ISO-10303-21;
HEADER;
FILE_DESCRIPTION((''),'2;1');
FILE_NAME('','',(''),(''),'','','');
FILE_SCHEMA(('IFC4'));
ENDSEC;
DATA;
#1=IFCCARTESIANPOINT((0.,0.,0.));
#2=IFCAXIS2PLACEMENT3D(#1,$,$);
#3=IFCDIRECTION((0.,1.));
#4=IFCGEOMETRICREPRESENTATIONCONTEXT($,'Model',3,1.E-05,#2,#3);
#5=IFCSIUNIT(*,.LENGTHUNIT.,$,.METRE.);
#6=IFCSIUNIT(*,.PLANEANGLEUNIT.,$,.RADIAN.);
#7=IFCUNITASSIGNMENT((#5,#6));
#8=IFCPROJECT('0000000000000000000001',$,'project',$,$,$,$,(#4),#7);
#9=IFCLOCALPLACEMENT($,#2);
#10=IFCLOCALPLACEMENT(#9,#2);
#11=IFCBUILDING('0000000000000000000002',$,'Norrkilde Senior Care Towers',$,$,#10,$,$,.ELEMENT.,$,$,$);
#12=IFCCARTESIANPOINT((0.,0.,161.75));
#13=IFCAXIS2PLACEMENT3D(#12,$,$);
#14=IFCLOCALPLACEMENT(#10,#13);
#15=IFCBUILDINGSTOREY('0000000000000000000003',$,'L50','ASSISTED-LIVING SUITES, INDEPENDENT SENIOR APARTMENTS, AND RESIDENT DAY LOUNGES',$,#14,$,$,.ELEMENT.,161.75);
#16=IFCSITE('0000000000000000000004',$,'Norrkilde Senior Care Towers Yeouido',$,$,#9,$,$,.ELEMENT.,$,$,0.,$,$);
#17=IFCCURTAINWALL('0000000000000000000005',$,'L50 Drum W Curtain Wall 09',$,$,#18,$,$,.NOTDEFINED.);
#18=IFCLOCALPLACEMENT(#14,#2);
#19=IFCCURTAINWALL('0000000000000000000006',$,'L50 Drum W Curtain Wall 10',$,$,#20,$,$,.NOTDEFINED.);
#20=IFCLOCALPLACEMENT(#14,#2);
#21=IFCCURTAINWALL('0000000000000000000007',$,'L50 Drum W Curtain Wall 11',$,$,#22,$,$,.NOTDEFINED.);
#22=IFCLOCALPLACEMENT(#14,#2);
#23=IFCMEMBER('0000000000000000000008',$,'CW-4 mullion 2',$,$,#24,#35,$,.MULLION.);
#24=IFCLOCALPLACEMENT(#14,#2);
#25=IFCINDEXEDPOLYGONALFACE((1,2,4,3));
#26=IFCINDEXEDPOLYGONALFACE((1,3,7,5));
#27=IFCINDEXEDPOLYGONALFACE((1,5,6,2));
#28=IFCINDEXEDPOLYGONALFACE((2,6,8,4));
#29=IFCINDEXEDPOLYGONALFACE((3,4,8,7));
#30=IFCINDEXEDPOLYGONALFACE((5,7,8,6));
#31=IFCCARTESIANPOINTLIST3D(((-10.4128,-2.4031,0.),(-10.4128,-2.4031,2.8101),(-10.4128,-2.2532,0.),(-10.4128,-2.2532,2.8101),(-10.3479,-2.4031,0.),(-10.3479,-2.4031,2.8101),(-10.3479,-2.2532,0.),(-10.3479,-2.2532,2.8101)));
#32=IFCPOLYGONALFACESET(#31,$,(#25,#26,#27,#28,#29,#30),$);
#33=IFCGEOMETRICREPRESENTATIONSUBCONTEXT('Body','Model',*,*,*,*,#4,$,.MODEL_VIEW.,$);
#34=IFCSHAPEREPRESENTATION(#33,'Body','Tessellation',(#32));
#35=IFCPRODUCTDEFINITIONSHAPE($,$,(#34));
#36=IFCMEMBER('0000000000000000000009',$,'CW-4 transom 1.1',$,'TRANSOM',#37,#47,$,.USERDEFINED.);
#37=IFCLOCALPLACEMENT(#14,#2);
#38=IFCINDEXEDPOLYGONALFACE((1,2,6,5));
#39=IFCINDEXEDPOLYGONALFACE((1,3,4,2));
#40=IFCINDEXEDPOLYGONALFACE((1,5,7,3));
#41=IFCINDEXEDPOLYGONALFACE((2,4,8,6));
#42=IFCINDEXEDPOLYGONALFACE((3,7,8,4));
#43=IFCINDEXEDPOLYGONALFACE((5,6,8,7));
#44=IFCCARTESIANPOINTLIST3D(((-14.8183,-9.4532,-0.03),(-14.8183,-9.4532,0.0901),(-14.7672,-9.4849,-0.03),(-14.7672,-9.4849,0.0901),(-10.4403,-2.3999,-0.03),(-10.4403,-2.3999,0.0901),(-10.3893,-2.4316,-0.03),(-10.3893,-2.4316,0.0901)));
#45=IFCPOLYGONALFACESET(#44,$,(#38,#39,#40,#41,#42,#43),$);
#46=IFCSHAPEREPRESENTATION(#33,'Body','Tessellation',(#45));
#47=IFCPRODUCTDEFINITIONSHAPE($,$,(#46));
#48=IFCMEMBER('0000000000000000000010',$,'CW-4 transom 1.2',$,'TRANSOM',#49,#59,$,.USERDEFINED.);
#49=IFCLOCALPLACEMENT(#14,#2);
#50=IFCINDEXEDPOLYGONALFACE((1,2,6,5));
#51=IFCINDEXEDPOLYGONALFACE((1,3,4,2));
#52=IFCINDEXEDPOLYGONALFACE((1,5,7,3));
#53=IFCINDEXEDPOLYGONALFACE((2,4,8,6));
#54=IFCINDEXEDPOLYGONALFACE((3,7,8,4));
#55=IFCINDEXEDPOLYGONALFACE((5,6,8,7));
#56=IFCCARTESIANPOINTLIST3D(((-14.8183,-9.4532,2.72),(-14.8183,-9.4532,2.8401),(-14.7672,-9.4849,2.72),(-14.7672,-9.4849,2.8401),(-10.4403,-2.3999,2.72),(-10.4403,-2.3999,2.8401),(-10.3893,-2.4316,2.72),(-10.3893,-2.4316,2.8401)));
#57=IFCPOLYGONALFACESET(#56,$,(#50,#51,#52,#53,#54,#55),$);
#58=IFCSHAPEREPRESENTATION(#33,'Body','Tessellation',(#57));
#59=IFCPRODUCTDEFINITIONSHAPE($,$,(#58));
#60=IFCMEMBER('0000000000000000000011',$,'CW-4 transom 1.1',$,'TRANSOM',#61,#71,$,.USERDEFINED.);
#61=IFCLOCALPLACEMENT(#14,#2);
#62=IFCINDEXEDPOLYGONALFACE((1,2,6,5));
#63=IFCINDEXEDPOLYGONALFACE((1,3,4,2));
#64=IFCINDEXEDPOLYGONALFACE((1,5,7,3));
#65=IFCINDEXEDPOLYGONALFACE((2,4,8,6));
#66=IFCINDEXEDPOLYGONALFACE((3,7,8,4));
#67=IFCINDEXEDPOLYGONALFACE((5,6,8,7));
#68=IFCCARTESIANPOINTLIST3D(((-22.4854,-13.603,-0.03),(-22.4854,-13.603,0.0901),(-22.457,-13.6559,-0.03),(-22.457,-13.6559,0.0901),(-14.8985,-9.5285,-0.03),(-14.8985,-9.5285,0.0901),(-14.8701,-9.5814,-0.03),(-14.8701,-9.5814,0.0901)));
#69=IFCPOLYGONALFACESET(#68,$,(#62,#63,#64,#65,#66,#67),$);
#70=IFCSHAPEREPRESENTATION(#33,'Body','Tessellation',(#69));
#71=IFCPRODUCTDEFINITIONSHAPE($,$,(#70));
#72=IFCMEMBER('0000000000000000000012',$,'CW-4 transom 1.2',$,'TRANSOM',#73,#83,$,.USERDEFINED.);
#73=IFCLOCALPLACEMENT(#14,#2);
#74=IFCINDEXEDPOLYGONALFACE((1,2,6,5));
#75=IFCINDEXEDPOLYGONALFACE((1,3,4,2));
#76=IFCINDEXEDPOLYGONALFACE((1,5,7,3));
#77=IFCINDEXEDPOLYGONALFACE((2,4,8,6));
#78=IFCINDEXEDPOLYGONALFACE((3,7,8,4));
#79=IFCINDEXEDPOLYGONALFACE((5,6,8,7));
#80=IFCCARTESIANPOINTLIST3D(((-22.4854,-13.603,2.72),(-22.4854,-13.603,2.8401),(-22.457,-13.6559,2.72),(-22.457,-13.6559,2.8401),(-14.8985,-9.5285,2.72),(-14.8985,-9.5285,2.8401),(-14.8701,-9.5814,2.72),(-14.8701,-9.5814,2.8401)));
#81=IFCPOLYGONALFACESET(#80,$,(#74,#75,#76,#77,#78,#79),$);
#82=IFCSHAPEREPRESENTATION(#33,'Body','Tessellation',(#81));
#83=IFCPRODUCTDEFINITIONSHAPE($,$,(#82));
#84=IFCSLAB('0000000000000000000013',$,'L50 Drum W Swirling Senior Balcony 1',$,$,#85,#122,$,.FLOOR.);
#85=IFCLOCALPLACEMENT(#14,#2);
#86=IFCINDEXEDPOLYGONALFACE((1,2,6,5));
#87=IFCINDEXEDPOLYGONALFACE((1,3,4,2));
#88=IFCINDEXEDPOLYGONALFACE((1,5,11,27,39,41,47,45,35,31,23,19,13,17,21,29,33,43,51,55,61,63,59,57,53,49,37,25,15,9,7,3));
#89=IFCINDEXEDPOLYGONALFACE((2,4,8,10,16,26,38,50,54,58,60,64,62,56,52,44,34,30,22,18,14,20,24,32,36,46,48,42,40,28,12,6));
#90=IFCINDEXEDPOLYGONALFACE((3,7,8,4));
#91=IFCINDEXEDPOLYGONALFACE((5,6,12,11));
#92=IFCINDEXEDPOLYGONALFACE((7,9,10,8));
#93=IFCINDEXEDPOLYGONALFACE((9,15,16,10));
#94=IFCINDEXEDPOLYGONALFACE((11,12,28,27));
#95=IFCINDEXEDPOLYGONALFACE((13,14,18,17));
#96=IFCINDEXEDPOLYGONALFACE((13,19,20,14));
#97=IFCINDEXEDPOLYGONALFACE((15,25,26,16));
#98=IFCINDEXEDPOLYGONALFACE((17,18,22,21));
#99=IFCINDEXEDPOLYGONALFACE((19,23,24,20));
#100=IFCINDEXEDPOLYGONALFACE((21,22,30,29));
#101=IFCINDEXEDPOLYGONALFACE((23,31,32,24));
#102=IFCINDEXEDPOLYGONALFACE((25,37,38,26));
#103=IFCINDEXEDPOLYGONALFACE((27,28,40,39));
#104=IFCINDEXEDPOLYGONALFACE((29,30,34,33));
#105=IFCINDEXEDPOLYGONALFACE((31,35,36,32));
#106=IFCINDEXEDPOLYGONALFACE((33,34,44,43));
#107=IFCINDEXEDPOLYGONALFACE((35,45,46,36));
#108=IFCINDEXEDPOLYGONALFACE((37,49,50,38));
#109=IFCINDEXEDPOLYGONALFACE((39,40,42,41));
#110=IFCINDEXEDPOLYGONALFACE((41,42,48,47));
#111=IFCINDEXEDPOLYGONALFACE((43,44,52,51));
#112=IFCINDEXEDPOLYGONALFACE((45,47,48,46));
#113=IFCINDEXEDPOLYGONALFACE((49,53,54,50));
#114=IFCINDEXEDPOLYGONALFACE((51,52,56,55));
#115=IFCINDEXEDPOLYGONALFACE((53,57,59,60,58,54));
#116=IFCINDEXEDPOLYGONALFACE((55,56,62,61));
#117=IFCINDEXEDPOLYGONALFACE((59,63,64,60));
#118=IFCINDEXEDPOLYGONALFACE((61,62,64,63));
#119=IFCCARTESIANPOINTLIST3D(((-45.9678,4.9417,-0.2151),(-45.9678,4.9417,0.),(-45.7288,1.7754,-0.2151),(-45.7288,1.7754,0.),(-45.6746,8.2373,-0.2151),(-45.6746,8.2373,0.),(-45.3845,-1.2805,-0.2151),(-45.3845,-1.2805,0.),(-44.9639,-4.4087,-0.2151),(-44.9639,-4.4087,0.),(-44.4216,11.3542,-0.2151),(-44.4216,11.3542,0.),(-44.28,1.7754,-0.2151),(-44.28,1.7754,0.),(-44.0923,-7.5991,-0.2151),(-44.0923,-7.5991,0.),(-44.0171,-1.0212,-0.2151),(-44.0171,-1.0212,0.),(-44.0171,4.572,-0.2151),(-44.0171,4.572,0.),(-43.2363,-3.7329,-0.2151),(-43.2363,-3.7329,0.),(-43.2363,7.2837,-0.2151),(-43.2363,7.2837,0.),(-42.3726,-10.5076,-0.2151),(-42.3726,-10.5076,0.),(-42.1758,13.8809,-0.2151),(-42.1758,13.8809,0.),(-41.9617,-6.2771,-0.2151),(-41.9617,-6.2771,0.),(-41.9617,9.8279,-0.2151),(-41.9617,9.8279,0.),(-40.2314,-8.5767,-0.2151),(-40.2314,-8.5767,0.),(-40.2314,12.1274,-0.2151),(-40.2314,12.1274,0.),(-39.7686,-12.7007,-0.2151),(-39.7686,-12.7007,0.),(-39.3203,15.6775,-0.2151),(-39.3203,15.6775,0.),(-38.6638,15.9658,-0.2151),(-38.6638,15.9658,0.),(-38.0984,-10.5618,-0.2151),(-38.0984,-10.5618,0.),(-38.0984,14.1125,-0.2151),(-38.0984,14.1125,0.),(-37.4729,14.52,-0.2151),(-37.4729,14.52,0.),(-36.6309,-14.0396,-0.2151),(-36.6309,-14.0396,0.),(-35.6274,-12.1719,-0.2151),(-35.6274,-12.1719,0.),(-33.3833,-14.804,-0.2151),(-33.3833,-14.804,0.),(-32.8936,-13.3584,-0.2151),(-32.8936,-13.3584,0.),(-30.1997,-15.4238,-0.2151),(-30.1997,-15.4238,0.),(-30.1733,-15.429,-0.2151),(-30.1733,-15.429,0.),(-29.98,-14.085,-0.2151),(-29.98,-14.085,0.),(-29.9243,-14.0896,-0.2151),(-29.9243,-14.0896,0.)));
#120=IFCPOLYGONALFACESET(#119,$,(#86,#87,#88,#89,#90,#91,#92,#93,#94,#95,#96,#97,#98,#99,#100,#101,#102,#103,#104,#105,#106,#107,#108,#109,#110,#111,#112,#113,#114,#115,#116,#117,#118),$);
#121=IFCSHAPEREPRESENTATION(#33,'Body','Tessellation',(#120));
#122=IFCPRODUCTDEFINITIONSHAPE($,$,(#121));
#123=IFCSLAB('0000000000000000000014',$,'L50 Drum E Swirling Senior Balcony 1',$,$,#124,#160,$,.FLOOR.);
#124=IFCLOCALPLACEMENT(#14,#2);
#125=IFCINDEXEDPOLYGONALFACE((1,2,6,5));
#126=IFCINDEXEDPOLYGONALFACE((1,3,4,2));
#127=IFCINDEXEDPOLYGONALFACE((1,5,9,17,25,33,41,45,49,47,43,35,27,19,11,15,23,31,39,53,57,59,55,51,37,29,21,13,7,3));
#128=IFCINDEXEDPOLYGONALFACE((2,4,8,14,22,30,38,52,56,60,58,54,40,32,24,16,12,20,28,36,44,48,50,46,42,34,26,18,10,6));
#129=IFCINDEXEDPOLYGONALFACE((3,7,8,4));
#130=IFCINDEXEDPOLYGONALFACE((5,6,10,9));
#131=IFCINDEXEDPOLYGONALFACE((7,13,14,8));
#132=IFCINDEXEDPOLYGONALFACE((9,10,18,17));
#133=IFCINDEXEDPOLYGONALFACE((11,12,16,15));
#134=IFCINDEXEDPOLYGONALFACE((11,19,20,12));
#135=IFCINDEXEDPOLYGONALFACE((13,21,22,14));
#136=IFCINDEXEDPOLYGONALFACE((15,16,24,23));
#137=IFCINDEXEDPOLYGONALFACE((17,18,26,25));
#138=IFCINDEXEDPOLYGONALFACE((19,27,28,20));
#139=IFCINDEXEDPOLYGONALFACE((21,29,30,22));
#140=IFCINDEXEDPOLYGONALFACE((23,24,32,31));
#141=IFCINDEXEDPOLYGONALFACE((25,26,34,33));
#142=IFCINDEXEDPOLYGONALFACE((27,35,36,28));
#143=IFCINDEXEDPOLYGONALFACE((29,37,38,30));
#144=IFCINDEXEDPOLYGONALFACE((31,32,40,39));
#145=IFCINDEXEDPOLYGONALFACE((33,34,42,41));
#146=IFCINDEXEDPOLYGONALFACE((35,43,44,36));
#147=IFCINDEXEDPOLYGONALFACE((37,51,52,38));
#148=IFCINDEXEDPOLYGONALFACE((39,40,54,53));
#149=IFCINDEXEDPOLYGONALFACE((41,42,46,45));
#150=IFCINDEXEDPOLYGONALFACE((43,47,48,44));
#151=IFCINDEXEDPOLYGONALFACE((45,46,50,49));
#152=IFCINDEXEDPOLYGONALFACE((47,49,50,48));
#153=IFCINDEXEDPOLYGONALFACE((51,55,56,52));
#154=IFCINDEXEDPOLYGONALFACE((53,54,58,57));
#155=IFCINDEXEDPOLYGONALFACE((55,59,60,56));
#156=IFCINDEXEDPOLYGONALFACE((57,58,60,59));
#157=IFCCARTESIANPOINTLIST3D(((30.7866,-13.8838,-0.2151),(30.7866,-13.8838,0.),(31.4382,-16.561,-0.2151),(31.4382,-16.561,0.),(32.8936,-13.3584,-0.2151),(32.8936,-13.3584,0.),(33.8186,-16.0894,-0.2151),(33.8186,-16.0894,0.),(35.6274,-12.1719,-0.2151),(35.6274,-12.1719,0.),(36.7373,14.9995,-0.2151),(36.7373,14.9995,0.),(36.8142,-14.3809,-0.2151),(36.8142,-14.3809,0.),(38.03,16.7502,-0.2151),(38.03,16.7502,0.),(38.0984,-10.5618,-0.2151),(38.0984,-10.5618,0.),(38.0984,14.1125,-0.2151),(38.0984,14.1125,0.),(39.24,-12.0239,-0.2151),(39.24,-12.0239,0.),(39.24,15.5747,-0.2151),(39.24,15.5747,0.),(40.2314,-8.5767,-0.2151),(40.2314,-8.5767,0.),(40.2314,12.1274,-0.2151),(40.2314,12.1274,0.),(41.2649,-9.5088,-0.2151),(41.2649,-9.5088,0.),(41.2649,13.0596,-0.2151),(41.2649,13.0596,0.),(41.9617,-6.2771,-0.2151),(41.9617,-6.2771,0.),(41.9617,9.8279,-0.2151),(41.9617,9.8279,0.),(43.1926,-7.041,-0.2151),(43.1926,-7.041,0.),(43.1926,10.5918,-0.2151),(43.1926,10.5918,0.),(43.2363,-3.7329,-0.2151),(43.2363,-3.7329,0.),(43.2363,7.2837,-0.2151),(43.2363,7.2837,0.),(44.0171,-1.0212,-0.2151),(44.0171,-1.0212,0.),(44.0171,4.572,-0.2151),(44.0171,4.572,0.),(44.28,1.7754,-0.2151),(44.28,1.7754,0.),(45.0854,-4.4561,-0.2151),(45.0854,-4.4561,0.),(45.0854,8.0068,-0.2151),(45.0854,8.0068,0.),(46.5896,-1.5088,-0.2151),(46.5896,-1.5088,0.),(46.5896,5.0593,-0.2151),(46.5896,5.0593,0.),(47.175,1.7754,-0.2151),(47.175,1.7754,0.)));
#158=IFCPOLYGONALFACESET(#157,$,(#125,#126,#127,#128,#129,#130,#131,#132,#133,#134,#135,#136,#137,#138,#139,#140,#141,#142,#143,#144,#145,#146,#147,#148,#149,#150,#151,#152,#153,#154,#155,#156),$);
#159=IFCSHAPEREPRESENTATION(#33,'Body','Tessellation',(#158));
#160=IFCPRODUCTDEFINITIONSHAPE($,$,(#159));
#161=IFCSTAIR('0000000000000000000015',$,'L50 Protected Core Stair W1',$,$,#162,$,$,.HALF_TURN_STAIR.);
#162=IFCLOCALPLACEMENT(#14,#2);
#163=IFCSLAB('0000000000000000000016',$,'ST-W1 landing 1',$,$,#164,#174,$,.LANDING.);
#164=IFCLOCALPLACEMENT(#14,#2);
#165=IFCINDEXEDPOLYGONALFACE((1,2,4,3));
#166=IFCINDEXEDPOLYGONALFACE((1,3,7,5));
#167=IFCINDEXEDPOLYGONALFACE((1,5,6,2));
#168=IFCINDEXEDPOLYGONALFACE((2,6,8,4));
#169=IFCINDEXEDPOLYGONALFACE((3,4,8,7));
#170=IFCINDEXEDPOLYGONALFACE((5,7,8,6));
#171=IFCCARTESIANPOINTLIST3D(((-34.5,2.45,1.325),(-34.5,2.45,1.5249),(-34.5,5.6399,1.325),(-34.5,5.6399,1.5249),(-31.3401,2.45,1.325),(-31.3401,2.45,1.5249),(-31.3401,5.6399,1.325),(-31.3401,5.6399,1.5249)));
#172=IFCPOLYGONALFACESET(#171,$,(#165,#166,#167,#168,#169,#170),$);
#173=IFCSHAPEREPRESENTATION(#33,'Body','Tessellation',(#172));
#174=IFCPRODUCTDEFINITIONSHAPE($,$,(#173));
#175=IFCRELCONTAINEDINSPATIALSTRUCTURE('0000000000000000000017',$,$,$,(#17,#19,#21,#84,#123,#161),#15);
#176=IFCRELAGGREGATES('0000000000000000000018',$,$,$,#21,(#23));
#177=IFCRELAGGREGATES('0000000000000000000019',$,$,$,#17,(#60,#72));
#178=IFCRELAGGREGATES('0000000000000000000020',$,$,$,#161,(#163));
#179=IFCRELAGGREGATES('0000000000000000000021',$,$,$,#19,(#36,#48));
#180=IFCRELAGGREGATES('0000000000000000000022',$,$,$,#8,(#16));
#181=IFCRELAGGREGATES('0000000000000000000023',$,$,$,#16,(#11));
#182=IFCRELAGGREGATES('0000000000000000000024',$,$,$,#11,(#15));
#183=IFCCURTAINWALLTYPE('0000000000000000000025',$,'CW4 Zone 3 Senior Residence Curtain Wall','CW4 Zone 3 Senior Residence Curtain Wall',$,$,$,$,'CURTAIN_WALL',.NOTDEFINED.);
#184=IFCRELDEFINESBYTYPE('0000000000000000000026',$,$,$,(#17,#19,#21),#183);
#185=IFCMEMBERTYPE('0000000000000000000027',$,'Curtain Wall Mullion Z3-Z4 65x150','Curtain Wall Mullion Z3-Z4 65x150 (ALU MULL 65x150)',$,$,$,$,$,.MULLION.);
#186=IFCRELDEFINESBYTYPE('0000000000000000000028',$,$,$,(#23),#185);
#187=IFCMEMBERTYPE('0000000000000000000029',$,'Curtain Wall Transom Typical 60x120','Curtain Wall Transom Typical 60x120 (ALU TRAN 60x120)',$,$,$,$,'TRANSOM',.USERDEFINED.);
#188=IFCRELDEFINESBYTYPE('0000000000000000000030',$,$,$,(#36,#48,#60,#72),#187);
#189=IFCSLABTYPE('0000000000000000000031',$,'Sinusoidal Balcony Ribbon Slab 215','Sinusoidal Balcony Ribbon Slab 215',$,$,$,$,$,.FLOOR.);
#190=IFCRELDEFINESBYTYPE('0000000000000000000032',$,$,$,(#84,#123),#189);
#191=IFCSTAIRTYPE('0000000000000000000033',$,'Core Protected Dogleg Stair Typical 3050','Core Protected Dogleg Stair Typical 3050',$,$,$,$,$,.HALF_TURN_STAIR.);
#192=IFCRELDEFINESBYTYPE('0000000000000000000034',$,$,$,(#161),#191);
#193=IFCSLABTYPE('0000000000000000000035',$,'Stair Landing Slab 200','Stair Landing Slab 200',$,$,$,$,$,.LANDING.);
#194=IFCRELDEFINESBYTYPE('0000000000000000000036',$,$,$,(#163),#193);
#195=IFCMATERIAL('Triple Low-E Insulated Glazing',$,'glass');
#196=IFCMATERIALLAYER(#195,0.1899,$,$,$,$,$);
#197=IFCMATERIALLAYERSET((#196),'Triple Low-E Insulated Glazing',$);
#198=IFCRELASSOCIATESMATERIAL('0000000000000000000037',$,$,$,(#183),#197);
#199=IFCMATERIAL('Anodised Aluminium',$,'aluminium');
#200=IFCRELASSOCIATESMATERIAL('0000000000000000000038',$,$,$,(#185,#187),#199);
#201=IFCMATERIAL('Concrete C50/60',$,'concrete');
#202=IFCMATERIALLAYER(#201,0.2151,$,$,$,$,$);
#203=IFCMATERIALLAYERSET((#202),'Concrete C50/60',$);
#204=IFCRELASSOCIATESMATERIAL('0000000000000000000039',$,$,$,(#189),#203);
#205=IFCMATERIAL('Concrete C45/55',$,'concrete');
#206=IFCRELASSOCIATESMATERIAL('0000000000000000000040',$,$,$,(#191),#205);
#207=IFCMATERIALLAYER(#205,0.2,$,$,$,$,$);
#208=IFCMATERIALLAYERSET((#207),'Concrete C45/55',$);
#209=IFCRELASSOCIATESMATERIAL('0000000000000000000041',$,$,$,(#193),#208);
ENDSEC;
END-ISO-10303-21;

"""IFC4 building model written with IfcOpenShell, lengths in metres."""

from ifc_helpers import new_model, si_unit, direction, frame, origin, origin_2d, place, context, subcontext, project, spatial, polyline, rectangle, outline, extrude, source, transform, mapped, material, layer, layer_set, material_profile, profile_set, type_object, type_shapes, element, aggregate, save


model = new_model("IFC4")

# Units and contexts
model_context = context("Model", 3, precision=1e-05, world=origin(), true_north=direction((0.0, 1.0)))
body_context = subcontext(model_context, "Body", "Model", "MODEL_VIEW")
ifc_project = project(units=[si_unit("LENGTHUNIT", "METRE"), si_unit("PLANEANGLEUNIT", "RADIAN")], contexts=[model_context])

# Site, building, storey
site_placement = place(None, origin())
site = spatial("IfcSite", under=ifc_project, at=site_placement, Name="Norrkilde Senior Care Towers Yeouido", CompositionType="ELEMENT", RefElevation=0.0)
building_placement = place(site_placement, origin())
building = spatial("IfcBuilding", under=site, at=building_placement, Name="Norrkilde Senior Care Towers", CompositionType="ELEMENT")
storey_placement = place(building_placement, frame((0.0, 0.0, 161.75)))
storey = spatial("IfcBuildingStorey", under=building, at=storey_placement, Name="L50", Description="ASSISTED-LIVING SUITES, INDEPENDENT SENIOR APARTMENTS, AND RESIDENT DAY LOUNGES", CompositionType="ELEMENT", Elevation=161.75)

# Shared definitions
ifc_material_1 = material(Name="Concrete C50/60", Category="concrete")

# Curtain wall
ifc_material_2 = material(Name="Triple Low-E Insulated Glazing", Category="glass")
ifc_layer_1 = layer(ifc_material_2, 0.1899)
ifc_layer_set_1 = layer_set([ifc_layer_1], Name="Triple Low-E Insulated Glazing")
curtain_wall_type = type_object("IfcCurtainWallType", Name="CW4 Zone 3 Senior Residence Curtain Wall", Description="CW4 Zone 3 Senior Residence Curtain Wall", ElementType="CURTAIN_WALL", PredefinedType="NOTDEFINED", material=ifc_layer_set_1)
curtain_wall_1_placement = place(storey_placement, origin())
curtain_wall_1 = element("IfcCurtainWall", 1, at=curtain_wall_1_placement, inside=storey, type_object=curtain_wall_type, Name="L50 Drum W Curtain Wall 09", PredefinedType="NOTDEFINED")
ifc_material_3 = material(Name="Anodised Aluminium", Category="aluminium")
ifc_material_profile_1 = material_profile(ifc_material_3, rectangle(XDim=0.0649, YDim=0.1499, at=origin_2d()), Name="ALU MULL 65x150")
ifc_profile_set_1 = profile_set([ifc_material_profile_1], Name="Anodised Aluminium")
member_type_1 = type_object("IfcMemberType", Name="Curtain Wall Mullion Z3-Z4 65x150", Description="Curtain Wall Mullion Z3-Z4 65x150 (ALU MULL 65x150)", PredefinedType="MULLION", material=ifc_profile_set_1)
shared_shape_1 = source(origin(), body_context, "Body", "SweptSolid", [
    extrude(rectangle(XDim=0.0649, YDim=0.1499, at=origin_2d()), origin(), (0.0, 0.0, 1.0), 2.8101),
])
type_shapes(member_type_1, [shared_shape_1])

# Curtain wall
curtain_wall_2_placement = place(storey_placement, origin())
curtain_wall_2 = element("IfcCurtainWall", 2, at=curtain_wall_2_placement, inside=storey, type_object=curtain_wall_type, Name="L50 Drum W Curtain Wall 10", PredefinedType="NOTDEFINED")

# Curtain wall, member
curtain_wall_3_placement = place(storey_placement, origin())
curtain_wall_3 = element("IfcCurtainWall", 3, at=curtain_wall_3_placement, inside=storey, type_object=curtain_wall_type, Name="L50 Drum W Curtain Wall 11", PredefinedType="NOTDEFINED")
member_1_placement = place(storey_placement, frame((-10.3804, -2.3281, 0.0), z_axis=(0.0, 0.0, 1.0), x_axis=(1.0, 0.0, 0.0)))
member_1 = element("IfcMember", 4, at=member_1_placement, type_object=member_type_1, Name="CW-4 mullion 2", PredefinedType="MULLION", context=body_context, shape_type="MappedRepresentation", body=[
    mapped(shared_shape_1, transform((0.0, 0.0, 0.0), x_axis=(1.0, 0.0, 0.0), y_axis=(0.0, 1.0, 0.0), z_axis=(0.0, 0.0, 1.0), scale=1.0)),
])
aggregate(curtain_wall_3, [member_1])

# Members
ifc_material_profile_2 = material_profile(ifc_material_3, rectangle(XDim=0.0601, YDim=0.1201, at=origin_2d()), Name="ALU TRAN 60x120")
ifc_profile_set_2 = profile_set([ifc_material_profile_2], Name="Anodised Aluminium")
member_type_2 = type_object("IfcMemberType", Name="Curtain Wall Transom Typical 60x120", Description="Curtain Wall Transom Typical 60x120 (ALU TRAN 60x120)", ElementType="TRANSOM", PredefinedType="USERDEFINED", material=ifc_profile_set_2)
shared_shape_2 = source(origin(), body_context, "Body", "SweptSolid", [
    extrude(rectangle(XDim=0.0601, YDim=0.1201, at=origin_2d()), origin(), (0.0, 0.0, 1.0), 8.3015),
])
member_2_placement = place(storey_placement, frame((-10.4148, -2.4158, 0.03), z_axis=(-0.527369, -0.849637, 0.0), x_axis=(0.849637, -0.527369, 0.0)))
member_2 = element("IfcMember", 5, at=member_2_placement, type_object=member_type_2, Name="CW-4 transom 1.1", ObjectType="TRANSOM", PredefinedType="USERDEFINED", context=body_context, shape_type="MappedRepresentation", body=[
    mapped(shared_shape_2, transform((0.0, 0.0, 0.0), x_axis=(1.0, 0.0, 0.0), y_axis=(0.0, 1.0, 0.0), z_axis=(0.0, 0.0, 1.0), scale=1.0)),
])
member_3_placement = place(storey_placement, frame((-10.4148, -2.4158, 2.78), z_axis=(-0.527369, -0.849637, 0.0), x_axis=(0.849637, -0.527369, 0.0)))
member_3 = element("IfcMember", 6, at=member_3_placement, type_object=member_type_2, Name="CW-4 transom 1.2", ObjectType="TRANSOM", PredefinedType="USERDEFINED", context=body_context, shape_type="MappedRepresentation", body=[
    mapped(shared_shape_2, transform((0.0, 0.0, 0.0), x_axis=(1.0, 0.0, 0.0), y_axis=(0.0, 1.0, 0.0), z_axis=(0.0, 0.0, 1.0), scale=1.0)),
])
shared_shape_3 = source(origin(), body_context, "Body", "SweptSolid", [
    extrude(rectangle(XDim=0.0601, YDim=0.1201, at=origin_2d()), origin(), (0.0, 0.0, 1.0), 8.6118),
])
type_shapes(member_type_2, [shared_shape_2, shared_shape_3])
member_4_placement = place(storey_placement, frame((-14.8843, -9.5549, 0.03), z_axis=(-0.880994, -0.473127, 0.0), x_axis=(0.473127, -0.880994, 0.0)))
member_4 = element("IfcMember", 7, at=member_4_placement, type_object=member_type_2, Name="CW-4 transom 1.1", ObjectType="TRANSOM", PredefinedType="USERDEFINED", context=body_context, shape_type="MappedRepresentation", body=[
    mapped(shared_shape_3, transform((0.0, 0.0, 0.0), x_axis=(1.0, 0.0, 0.0), y_axis=(0.0, 1.0, 0.0), z_axis=(0.0, 0.0, 1.0), scale=1.0)),
])
member_5_placement = place(storey_placement, frame((-14.8843, -9.5549, 2.78), z_axis=(-0.880994, -0.473127, 0.0), x_axis=(0.473127, -0.880994, 0.0)))
member_5 = element("IfcMember", 8, at=member_5_placement, type_object=member_type_2, Name="CW-4 transom 1.2", ObjectType="TRANSOM", PredefinedType="USERDEFINED", context=body_context, shape_type="MappedRepresentation", body=[
    mapped(shared_shape_3, transform((0.0, 0.0, 0.0), x_axis=(1.0, 0.0, 0.0), y_axis=(0.0, 1.0, 0.0), z_axis=(0.0, 0.0, 1.0), scale=1.0)),
])
aggregate(curtain_wall_1, [member_4, member_5])

# Slabs
ifc_layer_2 = layer(ifc_material_1, 0.2151)
ifc_layer_set_2 = layer_set([ifc_layer_2], Name="Concrete C50/60")
slab_type_1 = type_object("IfcSlabType", Name="Sinusoidal Balcony Ribbon Slab 215", Description="Sinusoidal Balcony Ribbon Slab 215", PredefinedType="FLOOR", material=ifc_layer_set_2)
slab_1_placement = place(storey_placement, frame((0.0, 0.0, -0.2151)))
element("IfcSlab", 9, at=slab_1_placement, inside=storey, type_object=slab_type_1, Name="L50 Drum W Swirling Senior Balcony 1", PredefinedType="FLOOR", context=body_context, shape_type="SweptSolid", body=[
    extrude(outline(polyline([(-33.3833, -14.804), (-36.6309, -14.0396), (-39.7686, -12.7007), (-42.3726, -10.5076), (-44.0923, -7.5991), (-44.9639, -4.4087), (-45.3845, -1.2805), (-45.7288, 1.7754), (-45.9678, 4.9417), (-45.6746, 8.2373), (-44.4216, 11.3542), (-42.1758, 13.8809), (-39.3203, 15.6775), (-38.6638, 15.9658), (-37.4729, 14.52), (-38.0984, 14.1125), (-40.2314, 12.1274), (-41.9617, 9.8279), (-43.2363, 7.2837), (-44.0171, 4.572), (-44.28, 1.7754), (-44.0171, -1.0212), (-43.2363, -3.7329), (-41.9617, -6.2771), (-40.2314, -8.5767), (-38.0984, -10.5618), (-35.6274, -12.1719), (-32.8936, -13.3584), (-29.98, -14.085), (-29.9243, -14.0896), (-30.1733, -15.429), (-30.1997, -15.4238), (-33.3833, -14.804)])), origin(), (0.0, 0.0, 1.0), 0.2151),
])
slab_2_placement = place(storey_placement, frame((0.0, 0.0, -0.2151)))
element("IfcSlab", 10, at=slab_2_placement, inside=storey, type_object=slab_type_1, Name="L50 Drum E Swirling Senior Balcony 1", PredefinedType="FLOOR", context=body_context, shape_type="SweptSolid", body=[
    extrude(outline(polyline([(43.1926, -7.041), (41.2649, -9.5088), (39.24, -12.0239), (36.8142, -14.3809), (33.8186, -16.0894), (31.4382, -16.561), (30.7866, -13.8838), (32.8936, -13.3584), (35.6274, -12.1719), (38.0984, -10.5618), (40.2314, -8.5767), (41.9617, -6.2771), (43.2363, -3.7329), (44.0171, -1.0212), (44.28, 1.7754), (44.0171, 4.572), (43.2363, 7.2837), (41.9617, 9.8279), (40.2314, 12.1274), (38.0984, 14.1125), (36.7373, 14.9995), (38.03, 16.7502), (39.24, 15.5747), (41.2649, 13.0596), (43.1926, 10.5918), (45.0854, 8.0068), (46.5896, 5.0593), (47.175, 1.7754), (46.5896, -1.5088), (45.0854, -4.4561), (43.1926, -7.041)])), origin(), (0.0, 0.0, 1.0), 0.2151),
])

# Stair, slab
ifc_material_4 = material(Name="Concrete C45/55", Category="concrete")
stair_type = type_object("IfcStairType", Name="Core Protected Dogleg Stair Typical 3050", Description="Core Protected Dogleg Stair Typical 3050", PredefinedType="HALF_TURN_STAIR", material=ifc_material_4)
stair_1_placement = place(storey_placement, origin())
stair_1 = element("IfcStair", 11, at=stair_1_placement, inside=storey, type_object=stair_type, Name="L50 Protected Core Stair W1", PredefinedType="HALF_TURN_STAIR")
ifc_layer_3 = layer(ifc_material_4, 0.2)
ifc_layer_set_3 = layer_set([ifc_layer_3], Name="Concrete C45/55")
slab_type_2 = type_object("IfcSlabType", Name="Stair Landing Slab 200", Description="Stair Landing Slab 200", PredefinedType="LANDING", material=ifc_layer_set_3)
slab_3_placement = place(storey_placement, frame((0.0, 0.0, 1.325)))
slab_3 = element("IfcSlab", 12, at=slab_3_placement, type_object=slab_type_2, Name="ST-W1 landing 1", PredefinedType="LANDING", context=body_context, shape_type="SweptSolid", body=[
    extrude(outline(polyline([(-31.3401, 5.6399), (-34.5, 5.6399), (-34.5, 2.45), (-31.3401, 2.45), (-31.3401, 5.6399)])), origin(), (0.0, 0.0, 1.0), 0.2),
])
aggregate(stair_1, [slab_3])

aggregate(curtain_wall_2, [member_2, member_3])

save(model, "model.ifc")
